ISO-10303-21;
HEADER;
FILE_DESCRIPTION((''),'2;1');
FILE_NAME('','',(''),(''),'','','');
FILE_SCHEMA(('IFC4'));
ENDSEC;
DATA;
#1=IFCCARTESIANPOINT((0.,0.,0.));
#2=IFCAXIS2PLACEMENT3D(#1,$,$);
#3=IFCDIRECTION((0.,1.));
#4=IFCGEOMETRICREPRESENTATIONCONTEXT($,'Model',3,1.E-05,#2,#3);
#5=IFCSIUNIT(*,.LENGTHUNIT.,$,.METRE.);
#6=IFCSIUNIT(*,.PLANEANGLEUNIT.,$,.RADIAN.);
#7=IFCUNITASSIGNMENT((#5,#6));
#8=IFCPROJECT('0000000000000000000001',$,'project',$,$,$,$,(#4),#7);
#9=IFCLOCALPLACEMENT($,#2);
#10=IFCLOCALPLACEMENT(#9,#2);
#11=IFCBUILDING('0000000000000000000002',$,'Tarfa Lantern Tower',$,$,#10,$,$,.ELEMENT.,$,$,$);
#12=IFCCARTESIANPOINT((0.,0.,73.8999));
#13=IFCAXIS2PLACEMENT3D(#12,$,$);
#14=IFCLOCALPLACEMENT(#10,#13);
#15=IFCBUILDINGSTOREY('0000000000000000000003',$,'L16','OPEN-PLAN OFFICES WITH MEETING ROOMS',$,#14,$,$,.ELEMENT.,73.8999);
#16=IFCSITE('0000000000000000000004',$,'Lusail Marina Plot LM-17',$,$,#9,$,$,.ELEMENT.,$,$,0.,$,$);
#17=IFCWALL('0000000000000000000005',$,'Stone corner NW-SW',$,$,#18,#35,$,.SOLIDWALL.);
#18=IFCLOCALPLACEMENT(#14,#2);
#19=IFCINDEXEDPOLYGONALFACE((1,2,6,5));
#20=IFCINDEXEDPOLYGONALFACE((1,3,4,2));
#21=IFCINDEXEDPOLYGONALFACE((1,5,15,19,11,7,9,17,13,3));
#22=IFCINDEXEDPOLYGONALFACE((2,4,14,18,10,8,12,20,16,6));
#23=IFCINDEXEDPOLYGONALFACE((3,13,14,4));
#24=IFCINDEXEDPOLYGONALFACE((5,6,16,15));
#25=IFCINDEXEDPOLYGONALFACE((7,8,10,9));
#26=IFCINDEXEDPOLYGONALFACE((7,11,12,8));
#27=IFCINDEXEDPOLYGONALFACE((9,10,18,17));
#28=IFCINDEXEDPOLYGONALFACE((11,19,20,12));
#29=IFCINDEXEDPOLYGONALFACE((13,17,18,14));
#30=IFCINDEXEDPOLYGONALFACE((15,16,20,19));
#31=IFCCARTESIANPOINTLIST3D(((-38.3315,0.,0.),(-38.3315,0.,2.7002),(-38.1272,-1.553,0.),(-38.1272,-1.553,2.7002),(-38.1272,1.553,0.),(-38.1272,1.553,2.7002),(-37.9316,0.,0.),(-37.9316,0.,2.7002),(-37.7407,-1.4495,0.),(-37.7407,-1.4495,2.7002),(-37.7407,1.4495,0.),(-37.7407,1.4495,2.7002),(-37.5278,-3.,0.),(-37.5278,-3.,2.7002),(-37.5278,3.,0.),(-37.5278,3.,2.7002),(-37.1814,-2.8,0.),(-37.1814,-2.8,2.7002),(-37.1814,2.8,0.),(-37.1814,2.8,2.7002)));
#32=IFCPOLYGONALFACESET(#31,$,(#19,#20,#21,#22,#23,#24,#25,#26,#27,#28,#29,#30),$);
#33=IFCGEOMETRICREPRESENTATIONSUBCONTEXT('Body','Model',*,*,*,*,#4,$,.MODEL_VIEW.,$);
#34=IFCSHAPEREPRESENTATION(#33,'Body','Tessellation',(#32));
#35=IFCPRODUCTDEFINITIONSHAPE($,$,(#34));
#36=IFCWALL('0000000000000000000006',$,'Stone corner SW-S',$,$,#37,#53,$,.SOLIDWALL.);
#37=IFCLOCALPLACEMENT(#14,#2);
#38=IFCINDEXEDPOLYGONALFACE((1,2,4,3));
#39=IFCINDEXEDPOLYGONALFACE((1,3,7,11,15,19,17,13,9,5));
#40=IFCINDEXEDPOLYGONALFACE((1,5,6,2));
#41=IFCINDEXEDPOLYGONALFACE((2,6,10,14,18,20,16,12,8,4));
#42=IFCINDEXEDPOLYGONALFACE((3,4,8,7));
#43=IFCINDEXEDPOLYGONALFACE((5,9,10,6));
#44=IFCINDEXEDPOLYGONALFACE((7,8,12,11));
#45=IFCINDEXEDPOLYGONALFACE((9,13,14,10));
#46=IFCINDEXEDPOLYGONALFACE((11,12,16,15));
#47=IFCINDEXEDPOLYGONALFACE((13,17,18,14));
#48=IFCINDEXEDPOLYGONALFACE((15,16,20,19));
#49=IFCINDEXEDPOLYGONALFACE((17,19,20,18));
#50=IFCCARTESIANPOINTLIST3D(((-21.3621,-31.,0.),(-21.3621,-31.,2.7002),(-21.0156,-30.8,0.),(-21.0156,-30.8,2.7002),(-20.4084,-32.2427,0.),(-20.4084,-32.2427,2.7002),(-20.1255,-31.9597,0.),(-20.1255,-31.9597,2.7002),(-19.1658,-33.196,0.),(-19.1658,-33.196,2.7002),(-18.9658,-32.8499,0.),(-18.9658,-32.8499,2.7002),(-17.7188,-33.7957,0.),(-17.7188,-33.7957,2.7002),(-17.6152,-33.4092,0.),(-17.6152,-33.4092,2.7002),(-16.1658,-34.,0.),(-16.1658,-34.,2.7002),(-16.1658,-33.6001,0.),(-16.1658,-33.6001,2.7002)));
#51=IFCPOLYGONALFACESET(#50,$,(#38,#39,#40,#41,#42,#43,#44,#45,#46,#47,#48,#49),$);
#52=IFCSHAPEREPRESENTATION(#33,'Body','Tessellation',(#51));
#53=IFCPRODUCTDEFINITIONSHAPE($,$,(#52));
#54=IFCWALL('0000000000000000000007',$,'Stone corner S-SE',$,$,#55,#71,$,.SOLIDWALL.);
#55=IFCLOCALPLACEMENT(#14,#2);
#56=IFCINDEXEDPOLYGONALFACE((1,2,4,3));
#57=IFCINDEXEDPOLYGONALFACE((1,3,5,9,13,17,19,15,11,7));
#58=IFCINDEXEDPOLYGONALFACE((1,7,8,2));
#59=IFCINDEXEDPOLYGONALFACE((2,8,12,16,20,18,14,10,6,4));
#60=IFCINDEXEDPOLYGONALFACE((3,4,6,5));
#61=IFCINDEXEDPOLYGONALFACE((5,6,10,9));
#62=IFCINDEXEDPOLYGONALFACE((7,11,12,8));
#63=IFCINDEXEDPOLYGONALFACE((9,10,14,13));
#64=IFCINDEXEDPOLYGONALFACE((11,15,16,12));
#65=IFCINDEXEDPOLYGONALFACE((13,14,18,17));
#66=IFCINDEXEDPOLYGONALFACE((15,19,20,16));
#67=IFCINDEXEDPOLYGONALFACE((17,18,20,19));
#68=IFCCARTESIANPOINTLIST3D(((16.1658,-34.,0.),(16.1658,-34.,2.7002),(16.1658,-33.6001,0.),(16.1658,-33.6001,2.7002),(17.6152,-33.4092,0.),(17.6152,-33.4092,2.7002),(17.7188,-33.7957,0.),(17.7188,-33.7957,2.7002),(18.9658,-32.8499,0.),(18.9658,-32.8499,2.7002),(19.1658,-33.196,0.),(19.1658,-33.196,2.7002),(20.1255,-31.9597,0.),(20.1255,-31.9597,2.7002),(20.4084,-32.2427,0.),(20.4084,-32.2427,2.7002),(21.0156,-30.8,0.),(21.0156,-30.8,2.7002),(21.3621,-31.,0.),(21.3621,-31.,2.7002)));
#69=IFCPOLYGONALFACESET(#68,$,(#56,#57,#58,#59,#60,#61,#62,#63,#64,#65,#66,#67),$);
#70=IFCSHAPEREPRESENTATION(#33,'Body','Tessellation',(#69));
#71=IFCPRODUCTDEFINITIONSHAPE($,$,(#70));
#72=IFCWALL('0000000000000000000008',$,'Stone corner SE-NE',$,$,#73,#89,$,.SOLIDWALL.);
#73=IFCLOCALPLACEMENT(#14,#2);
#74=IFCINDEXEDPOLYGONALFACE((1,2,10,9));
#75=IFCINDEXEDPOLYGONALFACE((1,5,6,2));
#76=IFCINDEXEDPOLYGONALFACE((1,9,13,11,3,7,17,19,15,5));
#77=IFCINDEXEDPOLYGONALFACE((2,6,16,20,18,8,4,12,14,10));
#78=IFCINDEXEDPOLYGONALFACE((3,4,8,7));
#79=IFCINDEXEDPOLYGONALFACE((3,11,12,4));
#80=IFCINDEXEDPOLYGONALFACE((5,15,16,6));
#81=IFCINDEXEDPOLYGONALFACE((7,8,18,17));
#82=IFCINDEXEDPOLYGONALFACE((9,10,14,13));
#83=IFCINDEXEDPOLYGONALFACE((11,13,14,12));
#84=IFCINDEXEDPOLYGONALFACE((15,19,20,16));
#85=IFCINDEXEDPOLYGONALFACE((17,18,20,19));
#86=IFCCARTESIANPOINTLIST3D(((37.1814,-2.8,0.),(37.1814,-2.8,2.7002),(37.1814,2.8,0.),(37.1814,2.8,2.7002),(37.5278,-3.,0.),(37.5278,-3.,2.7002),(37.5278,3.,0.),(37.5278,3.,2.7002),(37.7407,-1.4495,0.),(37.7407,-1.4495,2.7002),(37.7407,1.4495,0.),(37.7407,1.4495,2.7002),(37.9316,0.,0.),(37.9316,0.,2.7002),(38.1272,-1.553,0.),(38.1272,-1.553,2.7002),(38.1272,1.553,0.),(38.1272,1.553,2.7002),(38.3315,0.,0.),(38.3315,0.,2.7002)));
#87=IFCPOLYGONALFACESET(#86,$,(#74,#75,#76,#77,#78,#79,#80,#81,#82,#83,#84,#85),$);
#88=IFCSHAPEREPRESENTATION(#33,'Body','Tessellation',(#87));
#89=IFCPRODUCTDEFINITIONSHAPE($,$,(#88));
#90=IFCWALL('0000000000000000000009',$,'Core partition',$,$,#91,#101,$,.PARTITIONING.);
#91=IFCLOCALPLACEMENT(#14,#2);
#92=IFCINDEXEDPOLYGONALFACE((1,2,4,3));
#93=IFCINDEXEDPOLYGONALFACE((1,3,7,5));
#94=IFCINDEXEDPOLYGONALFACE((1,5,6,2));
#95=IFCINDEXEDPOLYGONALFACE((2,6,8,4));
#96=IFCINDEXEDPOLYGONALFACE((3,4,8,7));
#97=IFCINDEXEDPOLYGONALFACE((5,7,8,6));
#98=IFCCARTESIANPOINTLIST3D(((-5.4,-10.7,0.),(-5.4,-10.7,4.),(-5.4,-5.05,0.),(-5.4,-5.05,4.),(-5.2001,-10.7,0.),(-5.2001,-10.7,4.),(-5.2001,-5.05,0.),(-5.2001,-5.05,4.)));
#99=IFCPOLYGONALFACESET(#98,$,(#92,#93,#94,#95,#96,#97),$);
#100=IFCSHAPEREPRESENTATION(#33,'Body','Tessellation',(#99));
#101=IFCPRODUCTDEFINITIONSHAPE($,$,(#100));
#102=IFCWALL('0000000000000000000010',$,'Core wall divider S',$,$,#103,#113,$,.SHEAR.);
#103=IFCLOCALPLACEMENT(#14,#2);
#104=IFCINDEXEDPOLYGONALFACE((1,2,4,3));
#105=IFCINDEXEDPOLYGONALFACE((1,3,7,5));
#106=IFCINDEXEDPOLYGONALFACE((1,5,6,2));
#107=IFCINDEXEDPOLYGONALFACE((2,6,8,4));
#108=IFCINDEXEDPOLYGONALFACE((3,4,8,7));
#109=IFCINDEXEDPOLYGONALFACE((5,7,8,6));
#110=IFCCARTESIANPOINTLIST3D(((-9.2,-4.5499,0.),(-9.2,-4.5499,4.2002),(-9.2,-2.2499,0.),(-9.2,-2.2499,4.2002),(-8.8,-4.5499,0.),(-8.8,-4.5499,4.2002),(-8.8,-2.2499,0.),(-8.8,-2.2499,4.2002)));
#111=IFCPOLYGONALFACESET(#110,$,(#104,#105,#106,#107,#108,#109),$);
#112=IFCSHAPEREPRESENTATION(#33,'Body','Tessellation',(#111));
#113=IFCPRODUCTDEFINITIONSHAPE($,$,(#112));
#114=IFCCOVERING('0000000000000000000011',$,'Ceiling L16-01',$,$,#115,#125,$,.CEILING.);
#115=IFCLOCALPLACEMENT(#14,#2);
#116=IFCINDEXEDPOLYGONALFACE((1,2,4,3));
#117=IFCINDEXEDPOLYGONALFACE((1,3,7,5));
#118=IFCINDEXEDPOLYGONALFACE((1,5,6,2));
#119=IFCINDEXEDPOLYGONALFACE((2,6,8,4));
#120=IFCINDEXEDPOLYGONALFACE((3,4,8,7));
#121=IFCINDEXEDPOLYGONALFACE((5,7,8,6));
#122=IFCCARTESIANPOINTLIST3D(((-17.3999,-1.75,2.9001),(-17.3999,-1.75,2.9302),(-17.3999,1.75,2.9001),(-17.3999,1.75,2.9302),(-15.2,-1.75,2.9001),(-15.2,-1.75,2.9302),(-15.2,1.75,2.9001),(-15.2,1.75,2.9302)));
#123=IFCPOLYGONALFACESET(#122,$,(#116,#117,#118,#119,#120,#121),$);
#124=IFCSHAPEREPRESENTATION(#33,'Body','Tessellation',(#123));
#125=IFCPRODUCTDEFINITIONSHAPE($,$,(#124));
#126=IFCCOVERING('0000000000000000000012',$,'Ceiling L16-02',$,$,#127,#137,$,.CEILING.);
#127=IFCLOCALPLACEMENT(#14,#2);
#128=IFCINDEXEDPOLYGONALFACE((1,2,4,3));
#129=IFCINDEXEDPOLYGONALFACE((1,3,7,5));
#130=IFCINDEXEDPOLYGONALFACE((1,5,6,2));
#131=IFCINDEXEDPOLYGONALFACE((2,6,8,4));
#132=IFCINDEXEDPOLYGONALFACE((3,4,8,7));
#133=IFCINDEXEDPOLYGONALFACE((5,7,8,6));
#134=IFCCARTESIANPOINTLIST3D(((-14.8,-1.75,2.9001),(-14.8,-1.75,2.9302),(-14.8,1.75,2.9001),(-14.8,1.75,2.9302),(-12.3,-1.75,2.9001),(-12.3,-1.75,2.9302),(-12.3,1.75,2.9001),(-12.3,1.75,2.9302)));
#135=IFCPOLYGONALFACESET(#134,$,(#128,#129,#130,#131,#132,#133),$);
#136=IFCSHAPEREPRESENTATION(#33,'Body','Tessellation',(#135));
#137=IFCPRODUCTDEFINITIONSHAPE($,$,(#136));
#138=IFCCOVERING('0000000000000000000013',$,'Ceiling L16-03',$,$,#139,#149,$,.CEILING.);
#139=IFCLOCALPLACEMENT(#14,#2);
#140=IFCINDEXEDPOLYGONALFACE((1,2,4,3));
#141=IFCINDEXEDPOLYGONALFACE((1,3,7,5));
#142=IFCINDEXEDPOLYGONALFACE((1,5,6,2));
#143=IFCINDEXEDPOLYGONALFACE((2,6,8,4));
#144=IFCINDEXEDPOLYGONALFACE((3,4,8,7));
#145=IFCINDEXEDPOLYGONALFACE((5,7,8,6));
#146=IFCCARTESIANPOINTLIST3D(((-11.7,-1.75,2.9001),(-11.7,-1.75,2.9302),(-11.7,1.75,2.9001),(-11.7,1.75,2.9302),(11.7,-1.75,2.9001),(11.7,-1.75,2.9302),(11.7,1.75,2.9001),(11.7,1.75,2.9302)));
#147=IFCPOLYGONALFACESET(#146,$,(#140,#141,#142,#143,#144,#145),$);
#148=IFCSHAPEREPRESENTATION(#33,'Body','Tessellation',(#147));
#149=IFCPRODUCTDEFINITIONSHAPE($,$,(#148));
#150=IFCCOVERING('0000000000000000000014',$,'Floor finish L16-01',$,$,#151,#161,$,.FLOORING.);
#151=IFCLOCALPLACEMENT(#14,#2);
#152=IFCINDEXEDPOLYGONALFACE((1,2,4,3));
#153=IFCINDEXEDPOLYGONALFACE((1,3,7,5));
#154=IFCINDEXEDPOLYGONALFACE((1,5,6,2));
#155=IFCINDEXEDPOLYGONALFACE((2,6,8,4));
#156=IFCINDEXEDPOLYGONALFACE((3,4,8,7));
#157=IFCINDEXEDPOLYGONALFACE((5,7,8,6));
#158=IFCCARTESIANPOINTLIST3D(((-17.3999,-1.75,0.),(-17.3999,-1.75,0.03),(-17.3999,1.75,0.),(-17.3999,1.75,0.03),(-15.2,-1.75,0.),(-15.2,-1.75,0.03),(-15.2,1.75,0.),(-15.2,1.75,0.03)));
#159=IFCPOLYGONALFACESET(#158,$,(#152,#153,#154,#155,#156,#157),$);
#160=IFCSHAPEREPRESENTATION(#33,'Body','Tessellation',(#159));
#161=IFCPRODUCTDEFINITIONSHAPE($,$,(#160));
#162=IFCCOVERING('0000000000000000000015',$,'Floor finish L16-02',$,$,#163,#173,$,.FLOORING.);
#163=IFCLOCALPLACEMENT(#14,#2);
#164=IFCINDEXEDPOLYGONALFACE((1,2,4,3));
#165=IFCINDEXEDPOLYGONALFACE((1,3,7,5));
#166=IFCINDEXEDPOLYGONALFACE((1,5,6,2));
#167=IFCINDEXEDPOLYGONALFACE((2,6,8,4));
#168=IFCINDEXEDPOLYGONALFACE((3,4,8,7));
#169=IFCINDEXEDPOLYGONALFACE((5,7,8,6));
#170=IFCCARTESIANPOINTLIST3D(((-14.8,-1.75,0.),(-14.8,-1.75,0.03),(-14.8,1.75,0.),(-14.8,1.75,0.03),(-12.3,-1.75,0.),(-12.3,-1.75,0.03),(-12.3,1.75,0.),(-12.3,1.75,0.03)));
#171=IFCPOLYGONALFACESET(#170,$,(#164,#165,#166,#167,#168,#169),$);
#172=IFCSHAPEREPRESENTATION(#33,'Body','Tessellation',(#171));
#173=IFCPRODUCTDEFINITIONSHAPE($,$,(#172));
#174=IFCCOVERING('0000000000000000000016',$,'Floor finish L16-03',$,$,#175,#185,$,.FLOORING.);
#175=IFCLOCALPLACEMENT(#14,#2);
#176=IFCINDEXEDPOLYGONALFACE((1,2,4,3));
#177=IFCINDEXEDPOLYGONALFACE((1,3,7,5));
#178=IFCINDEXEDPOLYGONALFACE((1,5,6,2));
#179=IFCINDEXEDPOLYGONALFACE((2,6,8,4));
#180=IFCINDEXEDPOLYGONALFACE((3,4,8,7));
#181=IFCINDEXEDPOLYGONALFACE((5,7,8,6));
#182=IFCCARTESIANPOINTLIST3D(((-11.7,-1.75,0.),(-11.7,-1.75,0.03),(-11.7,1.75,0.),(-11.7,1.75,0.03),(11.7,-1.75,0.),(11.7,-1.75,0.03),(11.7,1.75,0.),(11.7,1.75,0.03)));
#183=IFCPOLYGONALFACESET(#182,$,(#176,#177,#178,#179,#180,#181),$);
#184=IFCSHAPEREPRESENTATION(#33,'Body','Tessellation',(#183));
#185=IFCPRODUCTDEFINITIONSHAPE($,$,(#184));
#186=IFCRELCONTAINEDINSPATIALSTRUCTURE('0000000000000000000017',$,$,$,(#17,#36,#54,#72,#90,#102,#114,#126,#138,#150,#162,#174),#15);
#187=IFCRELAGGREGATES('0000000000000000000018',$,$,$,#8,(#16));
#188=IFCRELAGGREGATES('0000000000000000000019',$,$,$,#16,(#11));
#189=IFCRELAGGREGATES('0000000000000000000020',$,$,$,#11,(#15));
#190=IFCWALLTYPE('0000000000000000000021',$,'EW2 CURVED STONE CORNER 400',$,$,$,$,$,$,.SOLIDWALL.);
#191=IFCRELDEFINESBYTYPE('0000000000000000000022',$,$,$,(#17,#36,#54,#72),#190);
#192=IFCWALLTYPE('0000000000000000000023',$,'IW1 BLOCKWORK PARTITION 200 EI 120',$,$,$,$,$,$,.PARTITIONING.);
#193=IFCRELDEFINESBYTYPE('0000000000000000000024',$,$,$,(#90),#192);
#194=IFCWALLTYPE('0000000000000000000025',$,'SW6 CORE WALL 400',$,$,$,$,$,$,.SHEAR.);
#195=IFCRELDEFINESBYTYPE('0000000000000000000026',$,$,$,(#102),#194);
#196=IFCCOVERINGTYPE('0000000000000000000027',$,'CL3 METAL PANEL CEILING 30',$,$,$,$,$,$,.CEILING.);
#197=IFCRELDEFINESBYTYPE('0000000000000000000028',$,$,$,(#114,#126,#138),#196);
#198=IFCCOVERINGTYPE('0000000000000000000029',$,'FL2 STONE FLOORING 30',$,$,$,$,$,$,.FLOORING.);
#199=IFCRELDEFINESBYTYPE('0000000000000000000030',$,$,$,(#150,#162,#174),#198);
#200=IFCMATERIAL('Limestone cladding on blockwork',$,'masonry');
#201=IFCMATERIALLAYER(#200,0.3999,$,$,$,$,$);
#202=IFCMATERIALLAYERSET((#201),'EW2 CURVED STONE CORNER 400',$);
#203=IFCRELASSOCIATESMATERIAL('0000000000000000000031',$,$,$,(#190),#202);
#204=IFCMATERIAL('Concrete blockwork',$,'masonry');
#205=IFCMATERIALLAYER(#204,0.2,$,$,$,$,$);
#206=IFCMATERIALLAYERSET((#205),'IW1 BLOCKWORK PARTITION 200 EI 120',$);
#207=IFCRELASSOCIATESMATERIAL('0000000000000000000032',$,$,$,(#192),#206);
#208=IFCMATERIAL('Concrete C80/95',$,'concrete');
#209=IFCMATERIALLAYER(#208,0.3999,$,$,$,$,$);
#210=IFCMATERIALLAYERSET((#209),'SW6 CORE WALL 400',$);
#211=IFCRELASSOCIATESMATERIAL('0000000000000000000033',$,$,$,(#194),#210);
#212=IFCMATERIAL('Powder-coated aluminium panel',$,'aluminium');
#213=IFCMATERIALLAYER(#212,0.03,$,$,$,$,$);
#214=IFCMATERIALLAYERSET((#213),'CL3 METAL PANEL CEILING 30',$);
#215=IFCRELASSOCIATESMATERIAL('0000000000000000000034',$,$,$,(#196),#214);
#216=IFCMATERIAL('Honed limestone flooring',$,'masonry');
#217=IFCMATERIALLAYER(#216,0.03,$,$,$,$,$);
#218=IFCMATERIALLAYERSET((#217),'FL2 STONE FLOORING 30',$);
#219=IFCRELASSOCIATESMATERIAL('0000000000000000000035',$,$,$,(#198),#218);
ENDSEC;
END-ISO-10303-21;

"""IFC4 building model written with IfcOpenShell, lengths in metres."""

from ifc_helpers import new_model, si_unit, direction, frame, frame_2d, origin, place, context, subcontext, project, spatial, polyline, rectangle, outline, extrude, material, layer, layer_set, type_object, element, save


model = new_model("IFC4")

# Units and contexts
model_context = context("Model", 3, precision=1e-05, world=origin(), true_north=direction((0.0, 1.0)))
body_context = subcontext(model_context, "Body", "Model", "MODEL_VIEW")
ifc_project = project(units=[si_unit("LENGTHUNIT", "METRE"), si_unit("PLANEANGLEUNIT", "RADIAN")], contexts=[model_context])

# Site, building, storey
site_placement = place(None, origin())
site = spatial("IfcSite", under=ifc_project, at=site_placement, Name="Lusail Marina Plot LM-17", CompositionType="ELEMENT", RefElevation=0.0)
building_placement = place(site_placement, origin())
building = spatial("IfcBuilding", under=site, at=building_placement, Name="Tarfa Lantern Tower", CompositionType="ELEMENT")
storey_placement = place(building_placement, frame((0.0, 0.0, 73.8999)))
storey = spatial("IfcBuildingStorey", under=building, at=storey_placement, Name="L16", Description="OPEN-PLAN OFFICES WITH MEETING ROOMS", CompositionType="ELEMENT", Elevation=73.8999)

# Walls
ifc_material_1 = material(Name="Limestone cladding on blockwork", Category="masonry")
ifc_layer_1 = layer(ifc_material_1, 0.3999)
ifc_layer_set_1 = layer_set([ifc_layer_1], Name="EW2 CURVED STONE CORNER 400")
wall_type_1 = type_object("IfcWallType", Name="EW2 CURVED STONE CORNER 400", PredefinedType="SOLIDWALL", material=ifc_layer_set_1)
wall_1_placement = place(storey_placement, origin())
element("IfcWall", 1, at=wall_1_placement, inside=storey, type_object=wall_type_1, Name="Stone corner NW-SW", PredefinedType="SOLIDWALL", context=body_context, shape_type="SweptSolid", body=[
    extrude(outline(polyline([(-37.5278, 3.0), (-38.1272, 1.553), (-38.3315, 0.0), (-38.1272, -1.553), (-37.5278, -3.0), (-37.1814, -2.8), (-37.7407, -1.4495), (-37.9316, 0.0), (-37.7407, 1.4495), (-37.1814, 2.8), (-37.5278, 3.0)])), origin(), (0.0, 0.0, 1.0), 2.7002),
])
wall_2_placement = place(storey_placement, origin())
element("IfcWall", 2, at=wall_2_placement, inside=storey, type_object=wall_type_1, Name="Stone corner SW-S", PredefinedType="SOLIDWALL", context=body_context, shape_type="SweptSolid", body=[
    extrude(outline(polyline([(-21.3621, -31.0), (-20.4084, -32.2427), (-19.1658, -33.196), (-17.7188, -33.7957), (-16.1658, -34.0), (-16.1658, -33.6001), (-17.6152, -33.4092), (-18.9658, -32.8499), (-20.1255, -31.9597), (-21.0156, -30.8), (-21.3621, -31.0)])), origin(), (0.0, 0.0, 1.0), 2.7002),
])
wall_3_placement = place(storey_placement, origin())
element("IfcWall", 3, at=wall_3_placement, inside=storey, type_object=wall_type_1, Name="Stone corner S-SE", PredefinedType="SOLIDWALL", context=body_context, shape_type="SweptSolid", body=[
    extrude(outline(polyline([(16.1658, -34.0), (17.7188, -33.7957), (19.1658, -33.196), (20.4084, -32.2427), (21.3621, -31.0), (21.0156, -30.8), (20.1255, -31.9597), (18.9658, -32.8499), (17.6152, -33.4092), (16.1658, -33.6001), (16.1658, -34.0)])), origin(), (0.0, 0.0, 1.0), 2.7002),
])
wall_4_placement = place(storey_placement, origin())
element("IfcWall", 4, at=wall_4_placement, inside=storey, type_object=wall_type_1, Name="Stone corner SE-NE", PredefinedType="SOLIDWALL", context=body_context, shape_type="SweptSolid", body=[
    extrude(outline(polyline([(37.5278, -3.0), (38.1272, -1.553), (38.3315, 0.0), (38.1272, 1.553), (37.5278, 3.0), (37.1814, 2.8), (37.7407, 1.4495), (37.9316, 0.0), (37.7407, -1.4495), (37.1814, -2.8), (37.5278, -3.0)])), origin(), (0.0, 0.0, 1.0), 2.7002),
])
ifc_material_2 = material(Name="Concrete blockwork", Category="masonry")
ifc_layer_2 = layer(ifc_material_2, 0.2)
ifc_layer_set_2 = layer_set([ifc_layer_2], Name="IW1 BLOCKWORK PARTITION 200 EI 120")
wall_type_2 = type_object("IfcWallType", Name="IW1 BLOCKWORK PARTITION 200 EI 120", PredefinedType="PARTITIONING", material=ifc_layer_set_2)
wall_5_placement = place(storey_placement, frame((-5.3, -5.05, 0.0), z_axis=(0.0, 0.0, 1.0), x_axis=(0.0, -1.0, 0.0)))
element("IfcWall", 5, at=wall_5_placement, inside=storey, type_object=wall_type_2, Name="Core partition", PredefinedType="PARTITIONING", context=body_context, shape_type="SweptSolid", body=[
    extrude(rectangle(XDim=5.6499, YDim=0.2, at=frame_2d((2.825, 0.0))), origin(), (0.0, 0.0, 1.0), 4.0),
])
ifc_material_3 = material(Name="Concrete C80/95", Category="concrete")
ifc_layer_3 = layer(ifc_material_3, 0.3999)
ifc_layer_set_3 = layer_set([ifc_layer_3], Name="SW6 CORE WALL 400")
wall_type_3 = type_object("IfcWallType", Name="SW6 CORE WALL 400", PredefinedType="SHEAR", material=ifc_layer_set_3)
wall_6_placement = place(storey_placement, frame((-9.0, -2.25, 0.0), z_axis=(0.0, 0.0, 1.0), x_axis=(0.0, -1.0, 0.0)))
element("IfcWall", 6, at=wall_6_placement, inside=storey, type_object=wall_type_3, Name="Core wall divider S", PredefinedType="SHEAR", context=body_context, shape_type="SweptSolid", body=[
    extrude(rectangle(XDim=2.3, YDim=0.3999, at=frame_2d((1.1499, 0.0))), origin(), (0.0, 0.0, 1.0), 4.2002),
])

# Coverings
ifc_material_4 = material(Name="Powder-coated aluminium panel", Category="aluminium")
ifc_layer_4 = layer(ifc_material_4, 0.03)
ifc_layer_set_4 = layer_set([ifc_layer_4], Name="CL3 METAL PANEL CEILING 30")
covering_type_1 = type_object("IfcCoveringType", Name="CL3 METAL PANEL CEILING 30", PredefinedType="CEILING", material=ifc_layer_set_4)
covering_1_placement = place(storey_placement, frame((0.0, 0.0, 2.9001)))
element("IfcCovering", 7, at=covering_1_placement, inside=storey, type_object=covering_type_1, Name="Ceiling L16-01", PredefinedType="CEILING", context=body_context, shape_type="SweptSolid", body=[
    extrude(outline(polyline([(-17.3999, -1.75), (-15.2, -1.75), (-15.2, 1.75), (-17.3999, 1.75), (-17.3999, -1.75)])), origin(), (0.0, 0.0, 1.0), 0.03),
])
covering_2_placement = place(storey_placement, frame((0.0, 0.0, 2.9001)))
element("IfcCovering", 8, at=covering_2_placement, inside=storey, type_object=covering_type_1, Name="Ceiling L16-02", PredefinedType="CEILING", context=body_context, shape_type="SweptSolid", body=[
    extrude(outline(polyline([(-14.8, -1.75), (-12.3, -1.75), (-12.3, 1.75), (-14.8, 1.75), (-14.8, -1.75)])), origin(), (0.0, 0.0, 1.0), 0.03),
])
covering_3_placement = place(storey_placement, frame((0.0, 0.0, 2.9001)))
element("IfcCovering", 9, at=covering_3_placement, inside=storey, type_object=covering_type_1, Name="Ceiling L16-03", PredefinedType="CEILING", context=body_context, shape_type="SweptSolid", body=[
    extrude(outline(polyline([(-11.7, -1.75), (11.7, -1.75), (11.7, 1.75), (-11.7, 1.75), (-11.7, -1.75)])), origin(), (0.0, 0.0, 1.0), 0.03),
])
ifc_material_5 = material(Name="Honed limestone flooring", Category="masonry")
ifc_layer_5 = layer(ifc_material_5, 0.03)
ifc_layer_set_5 = layer_set([ifc_layer_5], Name="FL2 STONE FLOORING 30")
covering_type_2 = type_object("IfcCoveringType", Name="FL2 STONE FLOORING 30", PredefinedType="FLOORING", material=ifc_layer_set_5)
covering_4_placement = place(storey_placement, origin())
element("IfcCovering", 10, at=covering_4_placement, inside=storey, type_object=covering_type_2, Name="Floor finish L16-01", PredefinedType="FLOORING", context=body_context, shape_type="SweptSolid", body=[
    extrude(outline(polyline([(-17.3999, -1.75), (-15.2, -1.75), (-15.2, 1.75), (-17.3999, 1.75), (-17.3999, -1.75)])), origin(), (0.0, 0.0, 1.0), 0.03),
])
covering_5_placement = place(storey_placement, origin())
element("IfcCovering", 11, at=covering_5_placement, inside=storey, type_object=covering_type_2, Name="Floor finish L16-02", PredefinedType="FLOORING", context=body_context, shape_type="SweptSolid", body=[
    extrude(outline(polyline([(-14.8, -1.75), (-12.3, -1.75), (-12.3, 1.75), (-14.8, 1.75), (-14.8, -1.75)])), origin(), (0.0, 0.0, 1.0), 0.03),
])
covering_6_placement = place(storey_placement, origin())
element("IfcCovering", 12, at=covering_6_placement, inside=storey, type_object=covering_type_2, Name="Floor finish L16-03", PredefinedType="FLOORING", context=body_context, shape_type="SweptSolid", body=[
    extrude(outline(polyline([(-11.7, -1.75), (11.7, -1.75), (11.7, 1.75), (-11.7, 1.75), (-11.7, -1.75)])), origin(), (0.0, 0.0, 1.0), 0.03),
])

save(model, "model.ifc")
